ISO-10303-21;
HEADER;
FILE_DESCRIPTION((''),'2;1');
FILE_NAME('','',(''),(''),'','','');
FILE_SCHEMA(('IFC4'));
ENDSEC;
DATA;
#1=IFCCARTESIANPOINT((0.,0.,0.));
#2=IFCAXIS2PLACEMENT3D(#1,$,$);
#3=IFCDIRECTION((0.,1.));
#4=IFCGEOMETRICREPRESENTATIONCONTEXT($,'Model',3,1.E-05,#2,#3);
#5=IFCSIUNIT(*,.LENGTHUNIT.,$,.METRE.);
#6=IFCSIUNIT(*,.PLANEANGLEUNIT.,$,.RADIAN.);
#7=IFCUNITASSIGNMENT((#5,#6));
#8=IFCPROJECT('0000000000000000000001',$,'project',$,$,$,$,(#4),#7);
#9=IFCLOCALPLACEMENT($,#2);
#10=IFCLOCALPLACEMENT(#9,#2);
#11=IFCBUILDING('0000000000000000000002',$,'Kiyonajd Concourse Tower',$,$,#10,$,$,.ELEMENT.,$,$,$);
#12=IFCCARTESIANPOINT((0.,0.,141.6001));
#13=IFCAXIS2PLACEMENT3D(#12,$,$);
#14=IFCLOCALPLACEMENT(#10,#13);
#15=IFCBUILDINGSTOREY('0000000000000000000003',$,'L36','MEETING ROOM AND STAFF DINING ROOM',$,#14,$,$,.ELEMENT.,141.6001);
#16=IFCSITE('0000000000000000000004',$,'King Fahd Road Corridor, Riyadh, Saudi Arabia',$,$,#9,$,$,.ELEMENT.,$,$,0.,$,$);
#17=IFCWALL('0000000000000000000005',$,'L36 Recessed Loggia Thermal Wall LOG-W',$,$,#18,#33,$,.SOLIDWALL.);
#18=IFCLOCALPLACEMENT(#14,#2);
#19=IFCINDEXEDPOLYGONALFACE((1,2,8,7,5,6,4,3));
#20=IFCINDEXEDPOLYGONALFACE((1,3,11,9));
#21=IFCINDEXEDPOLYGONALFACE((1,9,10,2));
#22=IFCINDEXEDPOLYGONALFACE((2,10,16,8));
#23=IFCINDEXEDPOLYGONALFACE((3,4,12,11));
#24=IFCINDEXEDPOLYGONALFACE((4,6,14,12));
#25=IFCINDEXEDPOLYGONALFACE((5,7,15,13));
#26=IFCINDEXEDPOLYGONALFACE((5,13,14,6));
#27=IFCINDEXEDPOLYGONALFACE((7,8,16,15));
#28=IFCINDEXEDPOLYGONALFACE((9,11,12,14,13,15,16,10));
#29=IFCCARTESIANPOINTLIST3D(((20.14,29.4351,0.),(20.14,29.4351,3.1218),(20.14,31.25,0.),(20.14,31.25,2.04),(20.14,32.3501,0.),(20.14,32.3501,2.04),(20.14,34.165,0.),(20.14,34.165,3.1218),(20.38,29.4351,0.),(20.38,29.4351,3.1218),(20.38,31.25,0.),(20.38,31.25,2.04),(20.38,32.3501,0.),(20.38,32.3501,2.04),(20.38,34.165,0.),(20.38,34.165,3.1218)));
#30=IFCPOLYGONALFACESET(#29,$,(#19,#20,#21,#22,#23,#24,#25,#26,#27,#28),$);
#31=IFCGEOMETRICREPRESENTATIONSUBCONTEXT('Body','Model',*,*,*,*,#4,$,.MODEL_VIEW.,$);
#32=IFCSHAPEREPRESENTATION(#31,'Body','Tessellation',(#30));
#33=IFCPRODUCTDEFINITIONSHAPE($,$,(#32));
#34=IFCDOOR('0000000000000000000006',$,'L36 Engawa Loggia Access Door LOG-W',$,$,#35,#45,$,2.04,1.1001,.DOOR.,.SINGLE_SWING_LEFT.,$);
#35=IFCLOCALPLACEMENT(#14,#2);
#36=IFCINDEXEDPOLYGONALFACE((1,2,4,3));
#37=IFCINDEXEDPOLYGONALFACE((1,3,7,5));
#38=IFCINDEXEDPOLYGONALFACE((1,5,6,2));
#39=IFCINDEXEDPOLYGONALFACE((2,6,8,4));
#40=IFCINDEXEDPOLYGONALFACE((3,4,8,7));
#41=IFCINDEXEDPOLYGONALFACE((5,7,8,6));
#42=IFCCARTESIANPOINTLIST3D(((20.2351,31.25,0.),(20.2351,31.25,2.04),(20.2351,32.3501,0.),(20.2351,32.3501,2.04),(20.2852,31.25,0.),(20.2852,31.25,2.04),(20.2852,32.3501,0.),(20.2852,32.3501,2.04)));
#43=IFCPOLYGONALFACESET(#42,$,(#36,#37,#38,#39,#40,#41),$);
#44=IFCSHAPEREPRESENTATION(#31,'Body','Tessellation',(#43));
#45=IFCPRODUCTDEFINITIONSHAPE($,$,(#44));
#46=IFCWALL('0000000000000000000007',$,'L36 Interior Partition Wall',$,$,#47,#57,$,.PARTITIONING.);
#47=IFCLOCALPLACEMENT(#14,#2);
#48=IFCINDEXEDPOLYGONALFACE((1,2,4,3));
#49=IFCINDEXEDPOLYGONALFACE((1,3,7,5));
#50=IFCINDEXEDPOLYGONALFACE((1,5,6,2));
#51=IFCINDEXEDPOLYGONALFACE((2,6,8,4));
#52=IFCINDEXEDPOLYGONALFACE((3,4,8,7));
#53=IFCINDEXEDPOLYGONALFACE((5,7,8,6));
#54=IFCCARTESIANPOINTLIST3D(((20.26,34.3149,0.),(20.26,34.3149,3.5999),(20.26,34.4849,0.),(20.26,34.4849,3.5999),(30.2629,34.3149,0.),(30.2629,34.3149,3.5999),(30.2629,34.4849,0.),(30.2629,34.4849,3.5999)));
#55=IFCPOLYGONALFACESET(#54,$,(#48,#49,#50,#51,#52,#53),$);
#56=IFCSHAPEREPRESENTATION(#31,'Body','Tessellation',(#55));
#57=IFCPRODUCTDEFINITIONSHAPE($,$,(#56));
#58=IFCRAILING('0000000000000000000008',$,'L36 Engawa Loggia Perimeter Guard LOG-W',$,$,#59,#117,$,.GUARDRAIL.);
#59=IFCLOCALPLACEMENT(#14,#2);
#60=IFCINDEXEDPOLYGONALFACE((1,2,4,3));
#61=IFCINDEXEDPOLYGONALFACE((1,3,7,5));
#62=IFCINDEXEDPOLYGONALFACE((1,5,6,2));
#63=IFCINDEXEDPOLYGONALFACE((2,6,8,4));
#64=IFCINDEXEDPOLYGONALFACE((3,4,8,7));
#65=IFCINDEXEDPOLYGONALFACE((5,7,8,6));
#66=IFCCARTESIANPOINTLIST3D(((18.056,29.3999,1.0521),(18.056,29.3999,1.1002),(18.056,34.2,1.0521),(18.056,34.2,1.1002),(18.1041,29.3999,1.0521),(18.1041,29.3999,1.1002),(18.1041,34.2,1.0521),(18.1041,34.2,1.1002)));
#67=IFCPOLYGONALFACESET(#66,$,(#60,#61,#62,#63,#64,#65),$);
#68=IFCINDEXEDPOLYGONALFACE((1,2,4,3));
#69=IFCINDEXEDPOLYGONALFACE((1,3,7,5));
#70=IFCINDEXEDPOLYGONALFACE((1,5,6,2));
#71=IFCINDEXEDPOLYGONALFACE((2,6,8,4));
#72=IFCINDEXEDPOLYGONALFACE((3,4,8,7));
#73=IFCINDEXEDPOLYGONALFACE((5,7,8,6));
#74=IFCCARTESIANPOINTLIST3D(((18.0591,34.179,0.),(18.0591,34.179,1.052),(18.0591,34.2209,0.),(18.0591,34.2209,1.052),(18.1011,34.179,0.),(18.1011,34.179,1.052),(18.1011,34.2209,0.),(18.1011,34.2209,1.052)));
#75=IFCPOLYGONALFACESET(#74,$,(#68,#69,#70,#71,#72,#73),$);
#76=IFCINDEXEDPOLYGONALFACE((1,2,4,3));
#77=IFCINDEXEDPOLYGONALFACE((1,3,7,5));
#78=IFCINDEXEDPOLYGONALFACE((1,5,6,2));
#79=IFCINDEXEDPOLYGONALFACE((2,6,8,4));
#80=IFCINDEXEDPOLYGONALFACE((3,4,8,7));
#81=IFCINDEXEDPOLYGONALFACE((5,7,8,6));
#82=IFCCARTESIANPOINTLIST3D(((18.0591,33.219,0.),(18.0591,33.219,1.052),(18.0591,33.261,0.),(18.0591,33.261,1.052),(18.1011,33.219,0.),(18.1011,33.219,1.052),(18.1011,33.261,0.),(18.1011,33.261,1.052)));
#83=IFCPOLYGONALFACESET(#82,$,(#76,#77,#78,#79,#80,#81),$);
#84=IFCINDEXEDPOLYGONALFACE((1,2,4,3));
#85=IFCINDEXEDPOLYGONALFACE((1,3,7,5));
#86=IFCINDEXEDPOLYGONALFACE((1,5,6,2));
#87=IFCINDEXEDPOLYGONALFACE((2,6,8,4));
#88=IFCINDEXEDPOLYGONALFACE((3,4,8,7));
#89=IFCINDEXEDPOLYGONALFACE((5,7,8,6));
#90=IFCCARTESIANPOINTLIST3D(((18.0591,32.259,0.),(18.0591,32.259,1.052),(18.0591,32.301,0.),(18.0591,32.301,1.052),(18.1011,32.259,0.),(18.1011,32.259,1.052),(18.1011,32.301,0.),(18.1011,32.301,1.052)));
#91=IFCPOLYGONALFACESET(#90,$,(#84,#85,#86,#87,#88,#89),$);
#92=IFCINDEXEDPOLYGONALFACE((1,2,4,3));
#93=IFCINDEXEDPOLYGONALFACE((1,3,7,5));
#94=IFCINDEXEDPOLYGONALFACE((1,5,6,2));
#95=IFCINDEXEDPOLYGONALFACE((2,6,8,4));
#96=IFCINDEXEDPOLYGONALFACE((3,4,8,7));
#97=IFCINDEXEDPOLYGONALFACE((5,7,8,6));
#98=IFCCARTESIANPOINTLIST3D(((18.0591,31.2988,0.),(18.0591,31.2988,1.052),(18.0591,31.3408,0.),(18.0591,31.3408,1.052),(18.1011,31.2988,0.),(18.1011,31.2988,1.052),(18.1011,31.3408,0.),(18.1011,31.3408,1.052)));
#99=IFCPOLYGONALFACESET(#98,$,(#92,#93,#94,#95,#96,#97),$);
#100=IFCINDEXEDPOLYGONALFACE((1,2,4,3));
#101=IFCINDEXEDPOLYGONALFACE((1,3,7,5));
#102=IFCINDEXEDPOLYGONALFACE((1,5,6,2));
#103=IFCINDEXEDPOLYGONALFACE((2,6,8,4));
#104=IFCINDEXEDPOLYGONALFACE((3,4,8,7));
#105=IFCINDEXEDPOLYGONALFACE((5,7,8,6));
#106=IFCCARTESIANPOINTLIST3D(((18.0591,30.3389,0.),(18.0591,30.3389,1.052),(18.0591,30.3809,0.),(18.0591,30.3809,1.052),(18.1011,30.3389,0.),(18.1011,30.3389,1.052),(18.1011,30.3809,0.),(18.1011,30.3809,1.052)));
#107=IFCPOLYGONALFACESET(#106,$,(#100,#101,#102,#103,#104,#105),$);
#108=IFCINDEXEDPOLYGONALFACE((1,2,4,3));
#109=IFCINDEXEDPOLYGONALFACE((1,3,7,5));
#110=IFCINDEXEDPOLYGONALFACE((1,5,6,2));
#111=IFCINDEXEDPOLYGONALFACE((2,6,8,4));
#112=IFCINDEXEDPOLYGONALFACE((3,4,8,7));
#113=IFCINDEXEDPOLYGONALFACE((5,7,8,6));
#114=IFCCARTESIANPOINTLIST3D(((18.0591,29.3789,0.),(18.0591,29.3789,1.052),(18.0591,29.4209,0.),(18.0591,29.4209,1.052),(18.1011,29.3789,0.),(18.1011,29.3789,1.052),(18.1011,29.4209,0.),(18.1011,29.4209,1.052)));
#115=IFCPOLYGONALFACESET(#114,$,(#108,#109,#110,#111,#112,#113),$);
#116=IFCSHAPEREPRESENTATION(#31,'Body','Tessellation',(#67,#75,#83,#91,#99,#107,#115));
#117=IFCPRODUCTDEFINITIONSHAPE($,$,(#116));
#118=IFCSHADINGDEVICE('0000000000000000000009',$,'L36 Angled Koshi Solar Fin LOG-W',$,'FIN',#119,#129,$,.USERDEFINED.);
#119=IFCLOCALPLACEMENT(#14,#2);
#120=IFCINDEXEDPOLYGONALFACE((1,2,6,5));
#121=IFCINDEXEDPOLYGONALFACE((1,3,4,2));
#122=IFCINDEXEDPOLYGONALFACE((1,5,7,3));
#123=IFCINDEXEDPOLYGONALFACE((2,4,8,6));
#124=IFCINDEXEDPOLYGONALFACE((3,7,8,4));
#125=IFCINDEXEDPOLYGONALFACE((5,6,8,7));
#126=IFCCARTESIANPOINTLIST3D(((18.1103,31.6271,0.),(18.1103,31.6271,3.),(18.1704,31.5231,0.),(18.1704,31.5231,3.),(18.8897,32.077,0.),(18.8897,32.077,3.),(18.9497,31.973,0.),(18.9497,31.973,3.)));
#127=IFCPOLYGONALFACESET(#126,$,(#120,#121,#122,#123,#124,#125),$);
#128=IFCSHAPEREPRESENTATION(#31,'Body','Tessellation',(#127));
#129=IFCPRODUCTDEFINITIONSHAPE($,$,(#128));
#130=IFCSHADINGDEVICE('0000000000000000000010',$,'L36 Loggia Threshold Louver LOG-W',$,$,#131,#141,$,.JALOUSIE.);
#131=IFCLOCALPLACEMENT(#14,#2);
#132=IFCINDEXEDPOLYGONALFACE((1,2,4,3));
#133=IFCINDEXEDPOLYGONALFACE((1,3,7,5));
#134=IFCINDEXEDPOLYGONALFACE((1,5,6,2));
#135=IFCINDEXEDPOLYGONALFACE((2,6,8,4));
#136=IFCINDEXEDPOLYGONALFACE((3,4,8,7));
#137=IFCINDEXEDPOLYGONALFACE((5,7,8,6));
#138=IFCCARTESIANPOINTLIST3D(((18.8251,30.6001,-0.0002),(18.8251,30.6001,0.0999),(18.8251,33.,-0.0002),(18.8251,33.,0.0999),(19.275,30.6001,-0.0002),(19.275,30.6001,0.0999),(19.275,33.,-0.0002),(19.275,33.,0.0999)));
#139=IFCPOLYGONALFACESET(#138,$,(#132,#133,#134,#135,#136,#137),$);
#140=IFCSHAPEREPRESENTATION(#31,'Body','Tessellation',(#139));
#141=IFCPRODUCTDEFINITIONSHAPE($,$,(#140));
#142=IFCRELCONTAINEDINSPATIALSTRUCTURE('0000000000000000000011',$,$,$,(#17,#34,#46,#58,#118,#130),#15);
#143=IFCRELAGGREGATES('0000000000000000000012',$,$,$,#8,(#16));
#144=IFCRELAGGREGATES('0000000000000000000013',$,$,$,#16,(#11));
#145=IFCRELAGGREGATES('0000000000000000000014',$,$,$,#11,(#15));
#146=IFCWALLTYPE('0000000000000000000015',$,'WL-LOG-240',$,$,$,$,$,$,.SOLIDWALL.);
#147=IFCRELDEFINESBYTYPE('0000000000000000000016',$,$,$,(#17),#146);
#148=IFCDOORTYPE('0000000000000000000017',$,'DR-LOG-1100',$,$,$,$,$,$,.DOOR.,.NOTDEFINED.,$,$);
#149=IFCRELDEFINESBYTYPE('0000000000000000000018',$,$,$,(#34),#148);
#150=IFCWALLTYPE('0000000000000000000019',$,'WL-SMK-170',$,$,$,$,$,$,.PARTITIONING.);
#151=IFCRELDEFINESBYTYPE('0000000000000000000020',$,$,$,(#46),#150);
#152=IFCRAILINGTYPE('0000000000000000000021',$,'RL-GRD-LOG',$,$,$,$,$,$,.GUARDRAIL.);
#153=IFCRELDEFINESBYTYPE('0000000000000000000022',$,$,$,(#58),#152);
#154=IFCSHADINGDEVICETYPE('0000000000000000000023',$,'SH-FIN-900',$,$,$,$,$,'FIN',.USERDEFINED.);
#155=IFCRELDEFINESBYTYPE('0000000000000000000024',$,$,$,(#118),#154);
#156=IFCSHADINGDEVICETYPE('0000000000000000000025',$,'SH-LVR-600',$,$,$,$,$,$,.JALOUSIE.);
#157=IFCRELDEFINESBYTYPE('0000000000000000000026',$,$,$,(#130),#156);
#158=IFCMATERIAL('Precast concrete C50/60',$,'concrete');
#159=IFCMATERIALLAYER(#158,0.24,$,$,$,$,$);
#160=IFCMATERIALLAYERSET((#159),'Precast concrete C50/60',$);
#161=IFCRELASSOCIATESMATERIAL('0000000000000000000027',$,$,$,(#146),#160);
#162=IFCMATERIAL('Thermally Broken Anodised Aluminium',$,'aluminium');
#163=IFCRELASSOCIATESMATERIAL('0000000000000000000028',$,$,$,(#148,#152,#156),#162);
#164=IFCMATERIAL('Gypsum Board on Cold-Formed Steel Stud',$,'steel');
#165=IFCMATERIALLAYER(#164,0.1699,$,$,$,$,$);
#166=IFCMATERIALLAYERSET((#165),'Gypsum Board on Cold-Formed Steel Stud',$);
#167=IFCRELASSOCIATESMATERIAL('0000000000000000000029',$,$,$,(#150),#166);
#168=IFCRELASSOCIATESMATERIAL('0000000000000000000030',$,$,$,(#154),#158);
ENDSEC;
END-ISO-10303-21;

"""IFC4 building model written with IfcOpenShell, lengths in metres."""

from ifc_helpers import new_model, si_unit, direction, frame, frame_2d, origin, origin_2d, place, context, subcontext, project, spatial, rectangle, extrude, material, layer, layer_set, type_object, element, fill, save


model = new_model("IFC4")

# Units and contexts
model_context = context("Model", 3, precision=1e-05, world=origin(), true_north=direction((0.0, 1.0)))
body_context = subcontext(model_context, "Body", "Model", "MODEL_VIEW")
ifc_project = project(units=[si_unit("LENGTHUNIT", "METRE"), si_unit("PLANEANGLEUNIT", "RADIAN")], contexts=[model_context])

# Site, building, storey
site_placement = place(None, origin())
site = spatial("IfcSite", under=ifc_project, at=site_placement, Name="King Fahd Road Corridor, Riyadh, Saudi Arabia", CompositionType="ELEMENT", RefElevation=0.0)
building_placement = place(site_placement, origin())
building = spatial("IfcBuilding", under=site, at=building_placement, Name="Kiyonajd Concourse Tower", CompositionType="ELEMENT")
storey_placement = place(building_placement, frame((0.0, 0.0, 141.6001)))
storey = spatial("IfcBuildingStorey", under=building, at=storey_placement, Name="L36", Description="MEETING ROOM AND STAFF DINING ROOM", CompositionType="ELEMENT", Elevation=141.6001)

# Shared definitions
ifc_material_1 = material(Name="Thermally Broken Anodised Aluminium", Category="aluminium")

# Shared definitions
ifc_material_2 = material(Name="Precast concrete C50/60", Category="concrete")

# Wall, opening, door
ifc_layer_1 = layer(ifc_material_2, 0.24)
ifc_layer_set_1 = layer_set([ifc_layer_1], Name="Precast concrete C50/60")
wall_type_1 = type_object("IfcWallType", Name="WL-LOG-240", PredefinedType="SOLIDWALL", material=ifc_layer_set_1)
wall_1_placement = place(storey_placement, frame((20.26, 29.4351, 0.0), z_axis=(0.0, 0.0, 1.0), x_axis=(0.0, 1.0, 0.0)))
wall_1 = element("IfcWall", 1, at=wall_1_placement, inside=storey, type_object=wall_type_1, Name="L36 Recessed Loggia Thermal Wall LOG-W", PredefinedType="SOLIDWALL", context=body_context, shape_type="SweptSolid", body=[
    extrude(rectangle(XDim=4.73, YDim=0.24, at=frame_2d((2.365, 0.0))), origin(), (0.0, 0.0, 1.0), 3.1218),
])
opening_placement = place(wall_1_placement, frame((1.8149, 0.0, 0.0)))
opening = element("IfcOpeningElement", 2, at=opening_placement, cuts=wall_1, PredefinedType="OPENING", context=body_context, shape_type="SweptSolid", body=[
    extrude(rectangle(XDim=1.1001, YDim=2.04, at=frame_2d((0.55, 1.02))), frame((0.0, 0.1299, 0.0), z_axis=(0.0, -1.0, 0.0), x_axis=(1.0, 0.0, 0.0)), (0.0, 0.0, 1.0), 0.26),
])
door_type = type_object("IfcDoorType", Name="DR-LOG-1100", OperationType="NOTDEFINED", PredefinedType="DOOR", material=ifc_material_1)
door_placement = place(opening_placement, origin())
door = element("IfcDoor", 3, at=door_placement, inside=storey, type_object=door_type, Name="L36 Engawa Loggia Access Door LOG-W", OperationType="SINGLE_SWING_LEFT", OverallHeight=2.04, OverallWidth=1.1001, PredefinedType="DOOR", context=body_context, shape_type="SweptSolid", body=[
    extrude(rectangle(XDim=1.1001, YDim=2.04, at=frame_2d((0.55, 1.02))), frame((0.0, 0.0249, 0.0), z_axis=(0.0, -1.0, 0.0), x_axis=(1.0, 0.0, 0.0)), (0.0, 0.0, 1.0), 0.05),
])
fill(opening, door)

# Wall
ifc_material_3 = material(Name="Gypsum Board on Cold-Formed Steel Stud", Category="steel")
ifc_layer_2 = layer(ifc_material_3, 0.1699)
ifc_layer_set_2 = layer_set([ifc_layer_2], Name="Gypsum Board on Cold-Formed Steel Stud")
wall_type_2 = type_object("IfcWallType", Name="WL-SMK-170", PredefinedType="PARTITIONING", material=ifc_layer_set_2)
wall_2_placement = place(storey_placement, frame((20.26, 34.3999, 0.0), z_axis=(0.0, 0.0, 1.0), x_axis=(1.0, 0.0, 0.0)))
element("IfcWall", 4, at=wall_2_placement, inside=storey, type_object=wall_type_2, Name="L36 Interior Partition Wall", PredefinedType="PARTITIONING", context=body_context, shape_type="SweptSolid", body=[
    extrude(rectangle(XDim=10.0029, YDim=0.1699, at=frame_2d((5.0015, 0.0))), origin(), (0.0, 0.0, 1.0), 3.5999),
])

# Railing
railing_type = type_object("IfcRailingType", Name="RL-GRD-LOG", PredefinedType="GUARDRAIL", material=ifc_material_1)
railing_placement = place(storey_placement, frame((18.0801, 34.2, 0.0)))
element("IfcRailing", 5, at=railing_placement, inside=storey, type_object=railing_type, Name="L36 Engawa Loggia Perimeter Guard LOG-W", PredefinedType="GUARDRAIL", context=body_context, shape_type="SweptSolid", body=[
    extrude(rectangle(XDim=0.0481, YDim=0.0481, at=origin_2d()), frame((0.0, 0.0, 1.0762), z_axis=(0.0, -1.0, 0.0), x_axis=(1.0, 0.0, 0.0)), (0.0, 0.0, 1.0), 4.8),
    extrude(rectangle(XDim=0.042, YDim=0.042, at=origin_2d()), origin(), (0.0, 0.0, 1.0), 1.052),
    extrude(rectangle(XDim=0.042, YDim=0.042, at=origin_2d()), frame((0.0, -0.96, 0.0)), (0.0, 0.0, 1.0), 1.052),
    extrude(rectangle(XDim=0.042, YDim=0.042, at=origin_2d()), frame((0.0, -1.9199, 0.0)), (0.0, 0.0, 1.0), 1.052),
    extrude(rectangle(XDim=0.042, YDim=0.042, at=origin_2d()), frame((0.0, -2.8801, 0.0)), (0.0, 0.0, 1.0), 1.052),
    extrude(rectangle(XDim=0.042, YDim=0.042, at=origin_2d()), frame((0.0, -3.8401, 0.0)), (0.0, 0.0, 1.0), 1.052),
    extrude(rectangle(XDim=0.042, YDim=0.042, at=origin_2d()), frame((0.0, -4.8, 0.0)), (0.0, 0.0, 1.0), 1.052),
])

# Shading devices
shading_device_type_1 = type_object("IfcShadingDeviceType", Name="SH-FIN-900", ElementType="FIN", PredefinedType="USERDEFINED", material=ifc_material_2)
shading_device_1_placement = place(storey_placement, frame((18.53, 31.8, 0.0), z_axis=(0.0, 0.0, 1.0), x_axis=(0.866025, 0.5, 0.0)))
element("IfcShadingDevice", 6, at=shading_device_1_placement, inside=storey, type_object=shading_device_type_1, Name="L36 Angled Koshi Solar Fin LOG-W", ObjectType="FIN", PredefinedType="USERDEFINED", context=body_context, shape_type="SweptSolid", body=[
    extrude(rectangle(XDim=0.8999, YDim=0.1201, at=origin_2d()), origin(), (0.0, 0.0, 1.0), 3.0),
])
shading_device_type_2 = type_object("IfcShadingDeviceType", Name="SH-LVR-600", PredefinedType="JALOUSIE", material=ifc_material_1)
shading_device_2_placement = place(storey_placement, frame((19.05, 31.8, -0.0002), z_axis=(0.0, 0.0, 1.0), x_axis=(0.0, 1.0, 0.0)))
element("IfcShadingDevice", 7, at=shading_device_2_placement, inside=storey, type_object=shading_device_type_2, Name="L36 Loggia Threshold Louver LOG-W", PredefinedType="JALOUSIE", context=body_context, shape_type="SweptSolid", body=[
    extrude(rectangle(XDim=2.3999, YDim=0.45, at=origin_2d()), origin(), (0.0, 0.0, 1.0), 0.1001),
])

save(model, "model.ifc")
